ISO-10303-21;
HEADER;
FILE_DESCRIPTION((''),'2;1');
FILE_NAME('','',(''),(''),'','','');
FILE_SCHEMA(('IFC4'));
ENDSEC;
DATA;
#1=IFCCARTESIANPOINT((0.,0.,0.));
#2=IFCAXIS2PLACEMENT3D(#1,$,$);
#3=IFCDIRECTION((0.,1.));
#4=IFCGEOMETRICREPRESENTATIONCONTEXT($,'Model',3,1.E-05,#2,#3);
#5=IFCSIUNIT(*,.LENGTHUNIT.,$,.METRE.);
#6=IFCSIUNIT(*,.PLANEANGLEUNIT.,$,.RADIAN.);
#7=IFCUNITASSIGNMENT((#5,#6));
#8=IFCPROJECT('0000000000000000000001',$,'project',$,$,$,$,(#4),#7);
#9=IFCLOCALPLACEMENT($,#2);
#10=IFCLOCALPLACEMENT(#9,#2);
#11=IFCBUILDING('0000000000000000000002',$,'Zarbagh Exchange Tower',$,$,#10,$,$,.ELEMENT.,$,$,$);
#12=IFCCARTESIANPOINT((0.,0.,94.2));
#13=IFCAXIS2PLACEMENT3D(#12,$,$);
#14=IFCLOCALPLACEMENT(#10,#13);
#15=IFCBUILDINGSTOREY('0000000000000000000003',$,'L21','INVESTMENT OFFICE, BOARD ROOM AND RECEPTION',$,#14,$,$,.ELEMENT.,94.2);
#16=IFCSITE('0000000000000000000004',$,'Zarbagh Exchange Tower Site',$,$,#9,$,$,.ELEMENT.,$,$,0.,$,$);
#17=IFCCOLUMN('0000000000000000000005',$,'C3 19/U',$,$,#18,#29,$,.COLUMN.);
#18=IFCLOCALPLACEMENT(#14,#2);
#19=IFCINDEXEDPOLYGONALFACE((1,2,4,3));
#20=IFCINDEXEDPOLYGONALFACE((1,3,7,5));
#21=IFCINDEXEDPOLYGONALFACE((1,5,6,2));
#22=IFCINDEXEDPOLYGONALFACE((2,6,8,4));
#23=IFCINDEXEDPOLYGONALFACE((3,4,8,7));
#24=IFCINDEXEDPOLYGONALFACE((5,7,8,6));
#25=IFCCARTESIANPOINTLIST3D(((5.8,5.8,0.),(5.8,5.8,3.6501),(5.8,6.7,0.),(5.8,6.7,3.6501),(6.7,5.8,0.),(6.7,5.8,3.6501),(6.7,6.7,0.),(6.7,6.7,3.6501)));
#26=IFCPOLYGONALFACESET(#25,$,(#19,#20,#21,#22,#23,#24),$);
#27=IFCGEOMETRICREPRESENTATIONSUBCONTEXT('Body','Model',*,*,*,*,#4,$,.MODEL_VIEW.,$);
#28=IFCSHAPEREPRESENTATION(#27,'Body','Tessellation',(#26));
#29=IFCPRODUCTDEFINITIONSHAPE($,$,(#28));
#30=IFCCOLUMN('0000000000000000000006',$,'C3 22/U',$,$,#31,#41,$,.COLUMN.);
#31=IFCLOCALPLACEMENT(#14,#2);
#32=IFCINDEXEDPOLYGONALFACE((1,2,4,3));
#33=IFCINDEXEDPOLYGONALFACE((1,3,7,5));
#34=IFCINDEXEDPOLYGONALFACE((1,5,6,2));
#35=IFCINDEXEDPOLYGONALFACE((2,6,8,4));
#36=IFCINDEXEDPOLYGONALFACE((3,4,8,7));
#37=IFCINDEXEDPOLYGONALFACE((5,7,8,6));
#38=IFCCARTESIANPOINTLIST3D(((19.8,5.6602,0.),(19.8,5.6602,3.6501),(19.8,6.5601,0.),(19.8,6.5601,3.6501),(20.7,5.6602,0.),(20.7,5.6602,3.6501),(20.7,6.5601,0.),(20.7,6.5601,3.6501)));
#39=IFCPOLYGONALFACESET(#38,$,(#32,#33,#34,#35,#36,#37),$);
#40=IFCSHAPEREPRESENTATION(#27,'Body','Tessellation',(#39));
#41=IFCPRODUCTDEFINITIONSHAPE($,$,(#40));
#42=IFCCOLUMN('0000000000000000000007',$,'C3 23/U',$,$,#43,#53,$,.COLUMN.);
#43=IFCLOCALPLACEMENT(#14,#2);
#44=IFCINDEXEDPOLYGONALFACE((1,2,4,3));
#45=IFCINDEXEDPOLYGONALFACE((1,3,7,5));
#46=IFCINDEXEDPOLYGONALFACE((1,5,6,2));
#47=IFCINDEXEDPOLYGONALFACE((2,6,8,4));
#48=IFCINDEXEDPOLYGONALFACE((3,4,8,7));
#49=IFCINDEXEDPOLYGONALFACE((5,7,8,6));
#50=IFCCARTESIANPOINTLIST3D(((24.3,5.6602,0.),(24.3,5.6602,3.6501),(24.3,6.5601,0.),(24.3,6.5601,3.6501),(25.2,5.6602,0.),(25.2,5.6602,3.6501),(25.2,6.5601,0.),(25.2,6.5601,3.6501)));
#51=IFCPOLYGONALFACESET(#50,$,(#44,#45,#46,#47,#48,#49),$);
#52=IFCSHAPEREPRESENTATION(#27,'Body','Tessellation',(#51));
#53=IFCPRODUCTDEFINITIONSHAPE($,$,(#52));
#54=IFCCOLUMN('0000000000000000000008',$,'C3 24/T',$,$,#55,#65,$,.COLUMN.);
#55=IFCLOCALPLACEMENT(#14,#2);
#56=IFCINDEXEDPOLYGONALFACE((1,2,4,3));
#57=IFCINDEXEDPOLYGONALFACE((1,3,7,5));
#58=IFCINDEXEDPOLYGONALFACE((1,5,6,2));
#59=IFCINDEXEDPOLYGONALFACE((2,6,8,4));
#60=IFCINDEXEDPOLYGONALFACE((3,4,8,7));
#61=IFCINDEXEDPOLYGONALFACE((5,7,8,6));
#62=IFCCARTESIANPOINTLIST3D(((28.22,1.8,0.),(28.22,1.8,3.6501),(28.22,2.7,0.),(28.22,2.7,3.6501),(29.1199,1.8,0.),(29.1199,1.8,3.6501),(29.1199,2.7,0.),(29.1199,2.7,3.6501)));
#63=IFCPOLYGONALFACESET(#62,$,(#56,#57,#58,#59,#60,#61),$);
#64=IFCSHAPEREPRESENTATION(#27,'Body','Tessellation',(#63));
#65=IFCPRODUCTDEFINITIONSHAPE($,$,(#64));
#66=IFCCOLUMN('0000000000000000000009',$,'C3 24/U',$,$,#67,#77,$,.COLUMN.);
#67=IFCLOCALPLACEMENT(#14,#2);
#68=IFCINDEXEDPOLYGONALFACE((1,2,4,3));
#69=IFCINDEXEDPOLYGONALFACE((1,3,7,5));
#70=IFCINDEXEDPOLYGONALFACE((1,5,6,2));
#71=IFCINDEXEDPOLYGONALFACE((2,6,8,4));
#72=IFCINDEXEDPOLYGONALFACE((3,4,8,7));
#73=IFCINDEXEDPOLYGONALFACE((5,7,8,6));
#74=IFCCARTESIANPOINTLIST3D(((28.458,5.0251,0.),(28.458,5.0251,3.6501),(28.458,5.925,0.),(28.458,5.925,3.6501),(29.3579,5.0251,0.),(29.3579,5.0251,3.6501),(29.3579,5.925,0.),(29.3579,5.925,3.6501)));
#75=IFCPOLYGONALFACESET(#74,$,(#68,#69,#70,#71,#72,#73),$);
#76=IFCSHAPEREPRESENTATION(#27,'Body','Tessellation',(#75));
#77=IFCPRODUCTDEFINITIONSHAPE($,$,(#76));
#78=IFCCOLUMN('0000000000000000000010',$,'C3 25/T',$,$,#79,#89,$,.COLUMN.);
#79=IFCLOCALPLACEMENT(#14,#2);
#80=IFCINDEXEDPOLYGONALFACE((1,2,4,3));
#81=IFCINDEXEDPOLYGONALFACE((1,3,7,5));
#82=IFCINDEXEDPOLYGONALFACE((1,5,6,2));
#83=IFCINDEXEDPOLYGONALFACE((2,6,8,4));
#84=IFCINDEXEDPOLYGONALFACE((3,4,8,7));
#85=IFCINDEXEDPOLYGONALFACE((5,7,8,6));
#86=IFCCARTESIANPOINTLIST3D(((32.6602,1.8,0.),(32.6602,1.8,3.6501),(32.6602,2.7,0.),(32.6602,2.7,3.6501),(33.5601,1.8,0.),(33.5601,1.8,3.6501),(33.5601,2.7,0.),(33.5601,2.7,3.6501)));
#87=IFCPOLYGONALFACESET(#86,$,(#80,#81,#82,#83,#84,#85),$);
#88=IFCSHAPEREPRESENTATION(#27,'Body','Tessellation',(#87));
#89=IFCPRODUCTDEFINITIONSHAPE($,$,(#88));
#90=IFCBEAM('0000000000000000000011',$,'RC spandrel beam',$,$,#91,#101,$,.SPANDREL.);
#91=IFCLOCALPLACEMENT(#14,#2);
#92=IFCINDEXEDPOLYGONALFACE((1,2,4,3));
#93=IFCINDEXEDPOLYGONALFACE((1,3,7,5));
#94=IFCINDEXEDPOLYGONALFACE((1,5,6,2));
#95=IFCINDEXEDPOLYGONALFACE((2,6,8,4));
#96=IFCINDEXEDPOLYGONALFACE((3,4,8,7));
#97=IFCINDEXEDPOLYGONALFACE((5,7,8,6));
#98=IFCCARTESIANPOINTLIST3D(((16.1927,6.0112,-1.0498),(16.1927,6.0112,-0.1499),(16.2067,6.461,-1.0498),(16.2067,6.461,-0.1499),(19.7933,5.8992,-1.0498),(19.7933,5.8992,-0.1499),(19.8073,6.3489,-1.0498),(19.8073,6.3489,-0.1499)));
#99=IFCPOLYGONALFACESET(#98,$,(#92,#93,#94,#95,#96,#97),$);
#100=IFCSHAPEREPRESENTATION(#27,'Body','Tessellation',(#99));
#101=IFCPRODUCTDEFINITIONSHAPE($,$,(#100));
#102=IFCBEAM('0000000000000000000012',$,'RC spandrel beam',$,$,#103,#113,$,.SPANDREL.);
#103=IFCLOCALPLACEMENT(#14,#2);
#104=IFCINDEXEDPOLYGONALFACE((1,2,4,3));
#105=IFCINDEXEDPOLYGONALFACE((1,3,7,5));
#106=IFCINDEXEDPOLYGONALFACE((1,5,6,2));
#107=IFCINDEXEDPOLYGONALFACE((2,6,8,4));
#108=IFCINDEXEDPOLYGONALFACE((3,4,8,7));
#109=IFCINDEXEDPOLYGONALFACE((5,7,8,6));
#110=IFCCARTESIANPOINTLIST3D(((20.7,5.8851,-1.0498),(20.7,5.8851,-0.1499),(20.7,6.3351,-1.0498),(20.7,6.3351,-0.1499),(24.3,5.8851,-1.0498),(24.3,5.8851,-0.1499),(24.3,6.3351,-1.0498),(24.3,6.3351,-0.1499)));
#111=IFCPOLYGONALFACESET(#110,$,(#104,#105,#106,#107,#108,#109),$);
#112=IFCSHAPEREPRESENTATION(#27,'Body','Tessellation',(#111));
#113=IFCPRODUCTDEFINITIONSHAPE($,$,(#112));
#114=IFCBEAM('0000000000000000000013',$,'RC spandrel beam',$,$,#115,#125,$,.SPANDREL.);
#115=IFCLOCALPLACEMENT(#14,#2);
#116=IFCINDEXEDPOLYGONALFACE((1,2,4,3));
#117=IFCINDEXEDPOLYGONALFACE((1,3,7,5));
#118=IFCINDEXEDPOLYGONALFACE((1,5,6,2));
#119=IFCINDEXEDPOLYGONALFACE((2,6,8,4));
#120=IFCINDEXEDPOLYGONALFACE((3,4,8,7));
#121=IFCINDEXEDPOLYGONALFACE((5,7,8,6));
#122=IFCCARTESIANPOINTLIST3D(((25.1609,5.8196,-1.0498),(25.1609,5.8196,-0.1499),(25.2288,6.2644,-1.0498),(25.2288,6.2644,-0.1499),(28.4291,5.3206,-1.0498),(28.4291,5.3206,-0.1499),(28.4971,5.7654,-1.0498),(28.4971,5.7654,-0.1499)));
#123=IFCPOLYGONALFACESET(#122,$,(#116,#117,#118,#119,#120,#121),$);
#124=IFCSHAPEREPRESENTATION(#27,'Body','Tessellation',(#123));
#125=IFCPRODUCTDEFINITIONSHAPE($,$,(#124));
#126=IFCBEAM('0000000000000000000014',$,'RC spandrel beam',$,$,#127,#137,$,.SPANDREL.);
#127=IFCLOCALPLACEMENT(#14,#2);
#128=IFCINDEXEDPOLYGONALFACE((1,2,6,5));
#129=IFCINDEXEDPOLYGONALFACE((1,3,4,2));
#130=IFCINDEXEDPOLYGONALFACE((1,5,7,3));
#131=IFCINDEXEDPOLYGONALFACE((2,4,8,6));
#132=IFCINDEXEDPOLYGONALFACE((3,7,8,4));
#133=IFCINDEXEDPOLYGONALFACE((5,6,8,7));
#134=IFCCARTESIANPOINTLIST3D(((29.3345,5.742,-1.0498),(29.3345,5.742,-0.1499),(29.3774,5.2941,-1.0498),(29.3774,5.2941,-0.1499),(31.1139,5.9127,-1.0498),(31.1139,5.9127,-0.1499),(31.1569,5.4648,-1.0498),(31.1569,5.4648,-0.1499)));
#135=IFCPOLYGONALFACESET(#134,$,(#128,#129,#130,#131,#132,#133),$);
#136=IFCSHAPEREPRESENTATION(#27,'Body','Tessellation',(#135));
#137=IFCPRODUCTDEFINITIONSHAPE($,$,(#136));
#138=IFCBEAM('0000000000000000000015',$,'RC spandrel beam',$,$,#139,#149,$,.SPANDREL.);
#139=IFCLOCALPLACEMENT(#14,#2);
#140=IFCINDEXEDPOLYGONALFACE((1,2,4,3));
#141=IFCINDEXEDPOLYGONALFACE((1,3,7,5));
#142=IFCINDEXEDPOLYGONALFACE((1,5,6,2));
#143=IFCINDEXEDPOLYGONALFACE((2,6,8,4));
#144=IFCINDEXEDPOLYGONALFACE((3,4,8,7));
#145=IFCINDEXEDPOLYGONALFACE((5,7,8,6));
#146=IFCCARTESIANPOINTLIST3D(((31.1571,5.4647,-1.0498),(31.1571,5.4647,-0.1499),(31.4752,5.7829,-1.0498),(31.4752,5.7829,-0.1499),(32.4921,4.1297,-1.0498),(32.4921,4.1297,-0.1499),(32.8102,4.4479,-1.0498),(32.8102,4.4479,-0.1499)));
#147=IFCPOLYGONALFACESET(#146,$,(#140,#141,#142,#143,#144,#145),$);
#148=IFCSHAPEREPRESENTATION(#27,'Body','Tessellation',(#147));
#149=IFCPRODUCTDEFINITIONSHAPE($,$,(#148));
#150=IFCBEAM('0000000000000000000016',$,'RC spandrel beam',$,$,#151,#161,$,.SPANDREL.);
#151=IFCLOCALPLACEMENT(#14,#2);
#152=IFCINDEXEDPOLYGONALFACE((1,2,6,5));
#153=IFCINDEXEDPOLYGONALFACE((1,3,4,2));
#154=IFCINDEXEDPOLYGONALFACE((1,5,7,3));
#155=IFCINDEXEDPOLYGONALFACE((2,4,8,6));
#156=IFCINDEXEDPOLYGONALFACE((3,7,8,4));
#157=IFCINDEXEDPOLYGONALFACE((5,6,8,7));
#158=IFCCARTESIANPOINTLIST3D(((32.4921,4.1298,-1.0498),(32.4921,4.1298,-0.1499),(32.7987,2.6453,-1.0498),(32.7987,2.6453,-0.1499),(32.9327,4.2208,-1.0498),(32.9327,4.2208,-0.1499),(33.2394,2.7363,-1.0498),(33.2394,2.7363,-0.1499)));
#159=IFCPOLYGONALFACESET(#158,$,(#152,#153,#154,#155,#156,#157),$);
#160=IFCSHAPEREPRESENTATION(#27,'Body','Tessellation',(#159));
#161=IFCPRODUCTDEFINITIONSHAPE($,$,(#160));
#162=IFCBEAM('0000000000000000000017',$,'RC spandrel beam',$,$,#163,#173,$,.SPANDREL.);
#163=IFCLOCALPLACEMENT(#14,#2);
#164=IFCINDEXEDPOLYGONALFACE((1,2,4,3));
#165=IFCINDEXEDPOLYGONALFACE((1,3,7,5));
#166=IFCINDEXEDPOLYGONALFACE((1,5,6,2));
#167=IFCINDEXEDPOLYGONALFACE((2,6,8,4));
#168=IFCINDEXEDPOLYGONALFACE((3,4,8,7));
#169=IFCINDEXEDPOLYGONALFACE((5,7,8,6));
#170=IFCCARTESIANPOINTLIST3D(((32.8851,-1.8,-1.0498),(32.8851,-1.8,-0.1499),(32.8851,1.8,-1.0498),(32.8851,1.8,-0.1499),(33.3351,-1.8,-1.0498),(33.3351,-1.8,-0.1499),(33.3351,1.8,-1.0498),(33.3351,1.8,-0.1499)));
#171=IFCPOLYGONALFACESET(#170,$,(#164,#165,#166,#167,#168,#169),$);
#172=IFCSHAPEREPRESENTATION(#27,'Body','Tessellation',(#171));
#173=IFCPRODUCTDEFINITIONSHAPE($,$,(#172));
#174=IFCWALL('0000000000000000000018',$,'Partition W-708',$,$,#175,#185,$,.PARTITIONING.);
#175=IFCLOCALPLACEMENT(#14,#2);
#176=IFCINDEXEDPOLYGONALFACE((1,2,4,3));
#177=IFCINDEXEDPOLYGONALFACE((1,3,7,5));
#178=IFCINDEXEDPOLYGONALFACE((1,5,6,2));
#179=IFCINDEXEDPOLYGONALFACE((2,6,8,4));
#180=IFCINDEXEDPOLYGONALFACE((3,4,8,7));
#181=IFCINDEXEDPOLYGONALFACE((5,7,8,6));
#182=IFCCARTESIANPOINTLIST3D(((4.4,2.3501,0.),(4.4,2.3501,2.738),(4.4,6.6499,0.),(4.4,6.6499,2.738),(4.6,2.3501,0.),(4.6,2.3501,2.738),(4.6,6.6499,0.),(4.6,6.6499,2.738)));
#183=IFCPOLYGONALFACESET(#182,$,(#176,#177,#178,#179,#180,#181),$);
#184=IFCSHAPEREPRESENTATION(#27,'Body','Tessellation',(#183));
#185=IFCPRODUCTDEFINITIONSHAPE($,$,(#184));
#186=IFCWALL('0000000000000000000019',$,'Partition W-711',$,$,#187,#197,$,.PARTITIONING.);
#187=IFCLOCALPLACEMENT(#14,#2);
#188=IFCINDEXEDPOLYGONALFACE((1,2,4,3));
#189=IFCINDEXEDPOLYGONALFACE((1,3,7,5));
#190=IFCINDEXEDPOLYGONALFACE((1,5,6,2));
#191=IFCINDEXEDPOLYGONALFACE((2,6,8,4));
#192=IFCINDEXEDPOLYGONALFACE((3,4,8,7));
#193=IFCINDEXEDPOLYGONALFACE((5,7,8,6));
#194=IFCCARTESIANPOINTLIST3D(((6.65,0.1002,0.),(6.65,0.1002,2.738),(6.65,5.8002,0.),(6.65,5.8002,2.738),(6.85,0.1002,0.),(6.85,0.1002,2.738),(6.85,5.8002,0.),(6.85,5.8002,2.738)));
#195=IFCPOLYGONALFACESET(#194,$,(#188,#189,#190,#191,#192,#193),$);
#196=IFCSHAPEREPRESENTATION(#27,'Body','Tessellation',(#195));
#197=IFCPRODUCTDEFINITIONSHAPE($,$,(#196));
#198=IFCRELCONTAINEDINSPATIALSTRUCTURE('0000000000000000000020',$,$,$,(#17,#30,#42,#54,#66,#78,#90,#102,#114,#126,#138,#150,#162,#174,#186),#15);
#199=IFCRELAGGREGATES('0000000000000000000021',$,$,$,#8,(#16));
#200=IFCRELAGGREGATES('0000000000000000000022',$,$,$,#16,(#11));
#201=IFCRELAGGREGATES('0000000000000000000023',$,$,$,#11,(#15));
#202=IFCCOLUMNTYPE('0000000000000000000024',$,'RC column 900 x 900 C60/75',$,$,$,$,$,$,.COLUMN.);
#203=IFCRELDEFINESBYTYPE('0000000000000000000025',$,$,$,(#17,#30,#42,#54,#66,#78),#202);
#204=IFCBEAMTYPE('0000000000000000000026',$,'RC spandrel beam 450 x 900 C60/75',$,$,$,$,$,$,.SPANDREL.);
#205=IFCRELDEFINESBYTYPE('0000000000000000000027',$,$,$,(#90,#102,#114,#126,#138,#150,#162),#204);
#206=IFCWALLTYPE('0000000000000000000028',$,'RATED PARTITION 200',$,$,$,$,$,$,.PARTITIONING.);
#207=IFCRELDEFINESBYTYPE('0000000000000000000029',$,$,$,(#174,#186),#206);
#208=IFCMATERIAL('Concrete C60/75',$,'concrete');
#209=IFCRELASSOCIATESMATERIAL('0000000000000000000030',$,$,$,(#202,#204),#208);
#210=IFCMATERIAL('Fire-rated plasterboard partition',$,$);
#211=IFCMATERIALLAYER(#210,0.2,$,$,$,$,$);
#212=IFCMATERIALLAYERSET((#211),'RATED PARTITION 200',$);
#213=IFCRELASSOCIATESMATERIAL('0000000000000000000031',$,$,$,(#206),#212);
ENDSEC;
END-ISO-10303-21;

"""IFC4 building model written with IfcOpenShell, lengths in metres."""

from ifc_helpers import new_model, si_unit, direction, frame, frame_2d, origin, origin_2d, place, context, subcontext, project, spatial, rectangle, extrude, material, layer, layer_set, material_profile, profile_set, type_object, element, save


model = new_model("IFC4")

# Units and contexts
model_context = context("Model", 3, precision=1e-05, world=origin(), true_north=direction((0.0, 1.0)))
body_context = subcontext(model_context, "Body", "Model", "MODEL_VIEW")
ifc_project = project(units=[si_unit("LENGTHUNIT", "METRE"), si_unit("PLANEANGLEUNIT", "RADIAN")], contexts=[model_context])

# Site, building, storey
site_placement = place(None, origin())
site = spatial("IfcSite", under=ifc_project, at=site_placement, Name="Zarbagh Exchange Tower Site", CompositionType="ELEMENT", RefElevation=0.0)
building_placement = place(site_placement, origin())
building = spatial("IfcBuilding", under=site, at=building_placement, Name="Zarbagh Exchange Tower", CompositionType="ELEMENT")
storey_placement = place(building_placement, frame((0.0, 0.0, 94.2)))
storey = spatial("IfcBuildingStorey", under=building, at=storey_placement, Name="L21", Description="INVESTMENT OFFICE, BOARD ROOM AND RECEPTION", CompositionType="ELEMENT", Elevation=94.2)

# Columns
ifc_material_1 = material(Name="Concrete C60/75", Category="concrete")
ifc_material_profile_1 = material_profile(ifc_material_1, rectangle(XDim=0.8999, YDim=0.8999, at=origin_2d()), Name="RC column 900 x 900 C60/75")
ifc_profile_set_1 = profile_set([ifc_material_profile_1], Name="Concrete C60/75")
column_type = type_object("IfcColumnType", Name="RC column 900 x 900 C60/75", PredefinedType="COLUMN", material=ifc_profile_set_1)
for number, where, z_axis, x_axis, name in (
    (1, (6.25, 6.25, 0.0), (0.0, 0.0, 1.0), (1.0, 0.0, 0.0), "C3 19/U"),
    (2, (20.25, 6.1101, 0.0), (0.0, 0.0, 1.0), (1.0, 0.0, 0.0), "C3 22/U"),
    (3, (24.75, 6.1101, 0.0), (0.0, 0.0, 1.0), (1.0, 0.0, 0.0), "C3 23/U"),
    (4, (28.6699, 2.25, 0.0), (0.0, 0.0, 1.0), (1.0, 0.0, 0.0), "C3 24/T"),
    (5, (28.908, 5.4751, 0.0), (0.0, 0.0, 1.0), (1.0, 0.0, 0.0), "C3 24/U"),
    (6, (33.1101, 2.25, 0.0), (0.0, 0.0, 1.0), (1.0, 0.0, 0.0), "C3 25/T"),
):
    element("IfcColumn", number, at=place(storey_placement, frame(where, z_axis=z_axis, x_axis=x_axis)), inside=storey, type_object=column_type, Name=name, PredefinedType="COLUMN", context=body_context, shape_type="SweptSolid", body=[
        extrude(rectangle(XDim=0.8999, YDim=0.8999, at=origin_2d()), origin(), (0.0, 0.0, 1.0), 3.6501),
    ])

# Beams
ifc_material_profile_2 = material_profile(ifc_material_1, rectangle(XDim=0.45, YDim=0.8999, at=origin_2d()), Name="RC spandrel beam 450 x 900 C60/75")
ifc_profile_set_2 = profile_set([ifc_material_profile_2], Name="Concrete C60/75")
beam_type = type_object("IfcBeamType", Name="RC spandrel beam 450 x 900 C60/75", PredefinedType="SPANDREL", material=ifc_profile_set_2)
beam_1_placement = place(storey_placement, frame((16.1997, 6.2361, -0.5999), z_axis=(0.999516, -0.031108, 0.0), x_axis=(0.031108, 0.999516, 0.0)))
element("IfcBeam", 7, at=beam_1_placement, inside=storey, type_object=beam_type, Name="RC spandrel beam", PredefinedType="SPANDREL", context=body_context, shape_type="SweptSolid", body=[
    extrude(rectangle(XDim=0.45, YDim=0.8999, at=origin_2d()), origin(), (0.0, 0.0, 1.0), 3.6023),
])
beam_2_placement = place(storey_placement, frame((20.7, 6.1101, -0.5999), z_axis=(1.0, 0.0, 0.0), x_axis=(0.0, 1.0, 0.0)))
element("IfcBeam", 8, at=beam_2_placement, inside=storey, type_object=beam_type, Name="RC spandrel beam", PredefinedType="SPANDREL", context=body_context, shape_type="SweptSolid", body=[
    extrude(rectangle(XDim=0.45, YDim=0.8999, at=origin_2d()), origin(), (0.0, 0.0, 1.0), 3.6001),
])
beam_3_placement = place(storey_placement, frame((25.1948, 6.042, -0.5999), z_axis=(0.988544, -0.150936, 0.0), x_axis=(0.150936, 0.988544, 0.0)))
element("IfcBeam", 9, at=beam_3_placement, inside=storey, type_object=beam_type, Name="RC spandrel beam", PredefinedType="SPANDREL", context=body_context, shape_type="SweptSolid", body=[
    extrude(rectangle(XDim=0.45, YDim=0.8999, at=origin_2d()), origin(), (0.0, 0.0, 1.0), 3.3062),
])
beam_4_placement = place(storey_placement, frame((29.356, 5.5181, -0.5999), z_axis=(0.995433, 0.09546, 0.0), x_axis=(-0.09546, 0.995433, 0.0)))
element("IfcBeam", 10, at=beam_4_placement, inside=storey, type_object=beam_type, Name="RC spandrel beam", PredefinedType="SPANDREL", context=body_context, shape_type="SweptSolid", body=[
    extrude(rectangle(XDim=0.45, YDim=0.8999, at=origin_2d()), origin(), (0.0, 0.0, 1.0), 1.7876),
])
beam_5_placement = place(storey_placement, frame((31.3162, 5.6238, -0.5999), z_axis=(0.707107, -0.707107, 0.0), x_axis=(0.707107, 0.707107, 0.0)))
element("IfcBeam", 11, at=beam_5_placement, inside=storey, type_object=beam_type, Name="RC spandrel beam", PredefinedType="SPANDREL", context=body_context, shape_type="SweptSolid", body=[
    extrude(rectangle(XDim=0.45, YDim=0.8999, at=origin_2d()), origin(), (0.0, 0.0, 1.0), 1.8879),
])
beam_6_placement = place(storey_placement, frame((32.7124, 4.1753, -0.5999), z_axis=(0.202275, -0.979329, 0.0), x_axis=(0.979329, 0.202275, 0.0)))
element("IfcBeam", 12, at=beam_6_placement, inside=storey, type_object=beam_type, Name="RC spandrel beam", PredefinedType="SPANDREL", context=body_context, shape_type="SweptSolid", body=[
    extrude(rectangle(XDim=0.45, YDim=0.8999, at=origin_2d()), origin(), (0.0, 0.0, 1.0), 1.5159),
])
beam_7_placement = place(storey_placement, frame((33.1101, 1.8, -0.5999), z_axis=(0.0, -1.0, 0.0), x_axis=(1.0, 0.0, 0.0)))
element("IfcBeam", 13, at=beam_7_placement, inside=storey, type_object=beam_type, Name="RC spandrel beam", PredefinedType="SPANDREL", context=body_context, shape_type="SweptSolid", body=[
    extrude(rectangle(XDim=0.45, YDim=0.8999, at=origin_2d()), origin(), (0.0, 0.0, 1.0), 3.6001),
])

# Walls
ifc_material_2 = material(Name="Fire-rated plasterboard partition")
ifc_layer = layer(ifc_material_2, 0.2)
ifc_layer_set = layer_set([ifc_layer], Name="RATED PARTITION 200")
wall_type = type_object("IfcWallType", Name="RATED PARTITION 200", PredefinedType="PARTITIONING", material=ifc_layer_set)
wall_1_placement = place(storey_placement, frame((4.5, 2.3501, 0.0), z_axis=(0.0, 0.0, 1.0), x_axis=(0.0, 1.0, 0.0)))
element("IfcWall", 14, at=wall_1_placement, inside=storey, type_object=wall_type, Name="Partition W-708", PredefinedType="PARTITIONING", context=body_context, shape_type="SweptSolid", body=[
    extrude(rectangle(XDim=4.2998, YDim=0.2, at=frame_2d((2.1499, 0.0))), origin(), (0.0, 0.0, 1.0), 2.738),
])
wall_2_placement = place(storey_placement, frame((6.75, 0.1001, 0.0), z_axis=(0.0, 0.0, 1.0), x_axis=(0.0, 1.0, 0.0)))
element("IfcWall", 15, at=wall_2_placement, inside=storey, type_object=wall_type, Name="Partition W-711", PredefinedType="PARTITIONING", context=body_context, shape_type="SweptSolid", body=[
    extrude(rectangle(XDim=5.7, YDim=0.2, at=frame_2d((2.8501, 0.0))), origin(), (0.0, 0.0, 1.0), 2.738),
])

save(model, "model.ifc")
